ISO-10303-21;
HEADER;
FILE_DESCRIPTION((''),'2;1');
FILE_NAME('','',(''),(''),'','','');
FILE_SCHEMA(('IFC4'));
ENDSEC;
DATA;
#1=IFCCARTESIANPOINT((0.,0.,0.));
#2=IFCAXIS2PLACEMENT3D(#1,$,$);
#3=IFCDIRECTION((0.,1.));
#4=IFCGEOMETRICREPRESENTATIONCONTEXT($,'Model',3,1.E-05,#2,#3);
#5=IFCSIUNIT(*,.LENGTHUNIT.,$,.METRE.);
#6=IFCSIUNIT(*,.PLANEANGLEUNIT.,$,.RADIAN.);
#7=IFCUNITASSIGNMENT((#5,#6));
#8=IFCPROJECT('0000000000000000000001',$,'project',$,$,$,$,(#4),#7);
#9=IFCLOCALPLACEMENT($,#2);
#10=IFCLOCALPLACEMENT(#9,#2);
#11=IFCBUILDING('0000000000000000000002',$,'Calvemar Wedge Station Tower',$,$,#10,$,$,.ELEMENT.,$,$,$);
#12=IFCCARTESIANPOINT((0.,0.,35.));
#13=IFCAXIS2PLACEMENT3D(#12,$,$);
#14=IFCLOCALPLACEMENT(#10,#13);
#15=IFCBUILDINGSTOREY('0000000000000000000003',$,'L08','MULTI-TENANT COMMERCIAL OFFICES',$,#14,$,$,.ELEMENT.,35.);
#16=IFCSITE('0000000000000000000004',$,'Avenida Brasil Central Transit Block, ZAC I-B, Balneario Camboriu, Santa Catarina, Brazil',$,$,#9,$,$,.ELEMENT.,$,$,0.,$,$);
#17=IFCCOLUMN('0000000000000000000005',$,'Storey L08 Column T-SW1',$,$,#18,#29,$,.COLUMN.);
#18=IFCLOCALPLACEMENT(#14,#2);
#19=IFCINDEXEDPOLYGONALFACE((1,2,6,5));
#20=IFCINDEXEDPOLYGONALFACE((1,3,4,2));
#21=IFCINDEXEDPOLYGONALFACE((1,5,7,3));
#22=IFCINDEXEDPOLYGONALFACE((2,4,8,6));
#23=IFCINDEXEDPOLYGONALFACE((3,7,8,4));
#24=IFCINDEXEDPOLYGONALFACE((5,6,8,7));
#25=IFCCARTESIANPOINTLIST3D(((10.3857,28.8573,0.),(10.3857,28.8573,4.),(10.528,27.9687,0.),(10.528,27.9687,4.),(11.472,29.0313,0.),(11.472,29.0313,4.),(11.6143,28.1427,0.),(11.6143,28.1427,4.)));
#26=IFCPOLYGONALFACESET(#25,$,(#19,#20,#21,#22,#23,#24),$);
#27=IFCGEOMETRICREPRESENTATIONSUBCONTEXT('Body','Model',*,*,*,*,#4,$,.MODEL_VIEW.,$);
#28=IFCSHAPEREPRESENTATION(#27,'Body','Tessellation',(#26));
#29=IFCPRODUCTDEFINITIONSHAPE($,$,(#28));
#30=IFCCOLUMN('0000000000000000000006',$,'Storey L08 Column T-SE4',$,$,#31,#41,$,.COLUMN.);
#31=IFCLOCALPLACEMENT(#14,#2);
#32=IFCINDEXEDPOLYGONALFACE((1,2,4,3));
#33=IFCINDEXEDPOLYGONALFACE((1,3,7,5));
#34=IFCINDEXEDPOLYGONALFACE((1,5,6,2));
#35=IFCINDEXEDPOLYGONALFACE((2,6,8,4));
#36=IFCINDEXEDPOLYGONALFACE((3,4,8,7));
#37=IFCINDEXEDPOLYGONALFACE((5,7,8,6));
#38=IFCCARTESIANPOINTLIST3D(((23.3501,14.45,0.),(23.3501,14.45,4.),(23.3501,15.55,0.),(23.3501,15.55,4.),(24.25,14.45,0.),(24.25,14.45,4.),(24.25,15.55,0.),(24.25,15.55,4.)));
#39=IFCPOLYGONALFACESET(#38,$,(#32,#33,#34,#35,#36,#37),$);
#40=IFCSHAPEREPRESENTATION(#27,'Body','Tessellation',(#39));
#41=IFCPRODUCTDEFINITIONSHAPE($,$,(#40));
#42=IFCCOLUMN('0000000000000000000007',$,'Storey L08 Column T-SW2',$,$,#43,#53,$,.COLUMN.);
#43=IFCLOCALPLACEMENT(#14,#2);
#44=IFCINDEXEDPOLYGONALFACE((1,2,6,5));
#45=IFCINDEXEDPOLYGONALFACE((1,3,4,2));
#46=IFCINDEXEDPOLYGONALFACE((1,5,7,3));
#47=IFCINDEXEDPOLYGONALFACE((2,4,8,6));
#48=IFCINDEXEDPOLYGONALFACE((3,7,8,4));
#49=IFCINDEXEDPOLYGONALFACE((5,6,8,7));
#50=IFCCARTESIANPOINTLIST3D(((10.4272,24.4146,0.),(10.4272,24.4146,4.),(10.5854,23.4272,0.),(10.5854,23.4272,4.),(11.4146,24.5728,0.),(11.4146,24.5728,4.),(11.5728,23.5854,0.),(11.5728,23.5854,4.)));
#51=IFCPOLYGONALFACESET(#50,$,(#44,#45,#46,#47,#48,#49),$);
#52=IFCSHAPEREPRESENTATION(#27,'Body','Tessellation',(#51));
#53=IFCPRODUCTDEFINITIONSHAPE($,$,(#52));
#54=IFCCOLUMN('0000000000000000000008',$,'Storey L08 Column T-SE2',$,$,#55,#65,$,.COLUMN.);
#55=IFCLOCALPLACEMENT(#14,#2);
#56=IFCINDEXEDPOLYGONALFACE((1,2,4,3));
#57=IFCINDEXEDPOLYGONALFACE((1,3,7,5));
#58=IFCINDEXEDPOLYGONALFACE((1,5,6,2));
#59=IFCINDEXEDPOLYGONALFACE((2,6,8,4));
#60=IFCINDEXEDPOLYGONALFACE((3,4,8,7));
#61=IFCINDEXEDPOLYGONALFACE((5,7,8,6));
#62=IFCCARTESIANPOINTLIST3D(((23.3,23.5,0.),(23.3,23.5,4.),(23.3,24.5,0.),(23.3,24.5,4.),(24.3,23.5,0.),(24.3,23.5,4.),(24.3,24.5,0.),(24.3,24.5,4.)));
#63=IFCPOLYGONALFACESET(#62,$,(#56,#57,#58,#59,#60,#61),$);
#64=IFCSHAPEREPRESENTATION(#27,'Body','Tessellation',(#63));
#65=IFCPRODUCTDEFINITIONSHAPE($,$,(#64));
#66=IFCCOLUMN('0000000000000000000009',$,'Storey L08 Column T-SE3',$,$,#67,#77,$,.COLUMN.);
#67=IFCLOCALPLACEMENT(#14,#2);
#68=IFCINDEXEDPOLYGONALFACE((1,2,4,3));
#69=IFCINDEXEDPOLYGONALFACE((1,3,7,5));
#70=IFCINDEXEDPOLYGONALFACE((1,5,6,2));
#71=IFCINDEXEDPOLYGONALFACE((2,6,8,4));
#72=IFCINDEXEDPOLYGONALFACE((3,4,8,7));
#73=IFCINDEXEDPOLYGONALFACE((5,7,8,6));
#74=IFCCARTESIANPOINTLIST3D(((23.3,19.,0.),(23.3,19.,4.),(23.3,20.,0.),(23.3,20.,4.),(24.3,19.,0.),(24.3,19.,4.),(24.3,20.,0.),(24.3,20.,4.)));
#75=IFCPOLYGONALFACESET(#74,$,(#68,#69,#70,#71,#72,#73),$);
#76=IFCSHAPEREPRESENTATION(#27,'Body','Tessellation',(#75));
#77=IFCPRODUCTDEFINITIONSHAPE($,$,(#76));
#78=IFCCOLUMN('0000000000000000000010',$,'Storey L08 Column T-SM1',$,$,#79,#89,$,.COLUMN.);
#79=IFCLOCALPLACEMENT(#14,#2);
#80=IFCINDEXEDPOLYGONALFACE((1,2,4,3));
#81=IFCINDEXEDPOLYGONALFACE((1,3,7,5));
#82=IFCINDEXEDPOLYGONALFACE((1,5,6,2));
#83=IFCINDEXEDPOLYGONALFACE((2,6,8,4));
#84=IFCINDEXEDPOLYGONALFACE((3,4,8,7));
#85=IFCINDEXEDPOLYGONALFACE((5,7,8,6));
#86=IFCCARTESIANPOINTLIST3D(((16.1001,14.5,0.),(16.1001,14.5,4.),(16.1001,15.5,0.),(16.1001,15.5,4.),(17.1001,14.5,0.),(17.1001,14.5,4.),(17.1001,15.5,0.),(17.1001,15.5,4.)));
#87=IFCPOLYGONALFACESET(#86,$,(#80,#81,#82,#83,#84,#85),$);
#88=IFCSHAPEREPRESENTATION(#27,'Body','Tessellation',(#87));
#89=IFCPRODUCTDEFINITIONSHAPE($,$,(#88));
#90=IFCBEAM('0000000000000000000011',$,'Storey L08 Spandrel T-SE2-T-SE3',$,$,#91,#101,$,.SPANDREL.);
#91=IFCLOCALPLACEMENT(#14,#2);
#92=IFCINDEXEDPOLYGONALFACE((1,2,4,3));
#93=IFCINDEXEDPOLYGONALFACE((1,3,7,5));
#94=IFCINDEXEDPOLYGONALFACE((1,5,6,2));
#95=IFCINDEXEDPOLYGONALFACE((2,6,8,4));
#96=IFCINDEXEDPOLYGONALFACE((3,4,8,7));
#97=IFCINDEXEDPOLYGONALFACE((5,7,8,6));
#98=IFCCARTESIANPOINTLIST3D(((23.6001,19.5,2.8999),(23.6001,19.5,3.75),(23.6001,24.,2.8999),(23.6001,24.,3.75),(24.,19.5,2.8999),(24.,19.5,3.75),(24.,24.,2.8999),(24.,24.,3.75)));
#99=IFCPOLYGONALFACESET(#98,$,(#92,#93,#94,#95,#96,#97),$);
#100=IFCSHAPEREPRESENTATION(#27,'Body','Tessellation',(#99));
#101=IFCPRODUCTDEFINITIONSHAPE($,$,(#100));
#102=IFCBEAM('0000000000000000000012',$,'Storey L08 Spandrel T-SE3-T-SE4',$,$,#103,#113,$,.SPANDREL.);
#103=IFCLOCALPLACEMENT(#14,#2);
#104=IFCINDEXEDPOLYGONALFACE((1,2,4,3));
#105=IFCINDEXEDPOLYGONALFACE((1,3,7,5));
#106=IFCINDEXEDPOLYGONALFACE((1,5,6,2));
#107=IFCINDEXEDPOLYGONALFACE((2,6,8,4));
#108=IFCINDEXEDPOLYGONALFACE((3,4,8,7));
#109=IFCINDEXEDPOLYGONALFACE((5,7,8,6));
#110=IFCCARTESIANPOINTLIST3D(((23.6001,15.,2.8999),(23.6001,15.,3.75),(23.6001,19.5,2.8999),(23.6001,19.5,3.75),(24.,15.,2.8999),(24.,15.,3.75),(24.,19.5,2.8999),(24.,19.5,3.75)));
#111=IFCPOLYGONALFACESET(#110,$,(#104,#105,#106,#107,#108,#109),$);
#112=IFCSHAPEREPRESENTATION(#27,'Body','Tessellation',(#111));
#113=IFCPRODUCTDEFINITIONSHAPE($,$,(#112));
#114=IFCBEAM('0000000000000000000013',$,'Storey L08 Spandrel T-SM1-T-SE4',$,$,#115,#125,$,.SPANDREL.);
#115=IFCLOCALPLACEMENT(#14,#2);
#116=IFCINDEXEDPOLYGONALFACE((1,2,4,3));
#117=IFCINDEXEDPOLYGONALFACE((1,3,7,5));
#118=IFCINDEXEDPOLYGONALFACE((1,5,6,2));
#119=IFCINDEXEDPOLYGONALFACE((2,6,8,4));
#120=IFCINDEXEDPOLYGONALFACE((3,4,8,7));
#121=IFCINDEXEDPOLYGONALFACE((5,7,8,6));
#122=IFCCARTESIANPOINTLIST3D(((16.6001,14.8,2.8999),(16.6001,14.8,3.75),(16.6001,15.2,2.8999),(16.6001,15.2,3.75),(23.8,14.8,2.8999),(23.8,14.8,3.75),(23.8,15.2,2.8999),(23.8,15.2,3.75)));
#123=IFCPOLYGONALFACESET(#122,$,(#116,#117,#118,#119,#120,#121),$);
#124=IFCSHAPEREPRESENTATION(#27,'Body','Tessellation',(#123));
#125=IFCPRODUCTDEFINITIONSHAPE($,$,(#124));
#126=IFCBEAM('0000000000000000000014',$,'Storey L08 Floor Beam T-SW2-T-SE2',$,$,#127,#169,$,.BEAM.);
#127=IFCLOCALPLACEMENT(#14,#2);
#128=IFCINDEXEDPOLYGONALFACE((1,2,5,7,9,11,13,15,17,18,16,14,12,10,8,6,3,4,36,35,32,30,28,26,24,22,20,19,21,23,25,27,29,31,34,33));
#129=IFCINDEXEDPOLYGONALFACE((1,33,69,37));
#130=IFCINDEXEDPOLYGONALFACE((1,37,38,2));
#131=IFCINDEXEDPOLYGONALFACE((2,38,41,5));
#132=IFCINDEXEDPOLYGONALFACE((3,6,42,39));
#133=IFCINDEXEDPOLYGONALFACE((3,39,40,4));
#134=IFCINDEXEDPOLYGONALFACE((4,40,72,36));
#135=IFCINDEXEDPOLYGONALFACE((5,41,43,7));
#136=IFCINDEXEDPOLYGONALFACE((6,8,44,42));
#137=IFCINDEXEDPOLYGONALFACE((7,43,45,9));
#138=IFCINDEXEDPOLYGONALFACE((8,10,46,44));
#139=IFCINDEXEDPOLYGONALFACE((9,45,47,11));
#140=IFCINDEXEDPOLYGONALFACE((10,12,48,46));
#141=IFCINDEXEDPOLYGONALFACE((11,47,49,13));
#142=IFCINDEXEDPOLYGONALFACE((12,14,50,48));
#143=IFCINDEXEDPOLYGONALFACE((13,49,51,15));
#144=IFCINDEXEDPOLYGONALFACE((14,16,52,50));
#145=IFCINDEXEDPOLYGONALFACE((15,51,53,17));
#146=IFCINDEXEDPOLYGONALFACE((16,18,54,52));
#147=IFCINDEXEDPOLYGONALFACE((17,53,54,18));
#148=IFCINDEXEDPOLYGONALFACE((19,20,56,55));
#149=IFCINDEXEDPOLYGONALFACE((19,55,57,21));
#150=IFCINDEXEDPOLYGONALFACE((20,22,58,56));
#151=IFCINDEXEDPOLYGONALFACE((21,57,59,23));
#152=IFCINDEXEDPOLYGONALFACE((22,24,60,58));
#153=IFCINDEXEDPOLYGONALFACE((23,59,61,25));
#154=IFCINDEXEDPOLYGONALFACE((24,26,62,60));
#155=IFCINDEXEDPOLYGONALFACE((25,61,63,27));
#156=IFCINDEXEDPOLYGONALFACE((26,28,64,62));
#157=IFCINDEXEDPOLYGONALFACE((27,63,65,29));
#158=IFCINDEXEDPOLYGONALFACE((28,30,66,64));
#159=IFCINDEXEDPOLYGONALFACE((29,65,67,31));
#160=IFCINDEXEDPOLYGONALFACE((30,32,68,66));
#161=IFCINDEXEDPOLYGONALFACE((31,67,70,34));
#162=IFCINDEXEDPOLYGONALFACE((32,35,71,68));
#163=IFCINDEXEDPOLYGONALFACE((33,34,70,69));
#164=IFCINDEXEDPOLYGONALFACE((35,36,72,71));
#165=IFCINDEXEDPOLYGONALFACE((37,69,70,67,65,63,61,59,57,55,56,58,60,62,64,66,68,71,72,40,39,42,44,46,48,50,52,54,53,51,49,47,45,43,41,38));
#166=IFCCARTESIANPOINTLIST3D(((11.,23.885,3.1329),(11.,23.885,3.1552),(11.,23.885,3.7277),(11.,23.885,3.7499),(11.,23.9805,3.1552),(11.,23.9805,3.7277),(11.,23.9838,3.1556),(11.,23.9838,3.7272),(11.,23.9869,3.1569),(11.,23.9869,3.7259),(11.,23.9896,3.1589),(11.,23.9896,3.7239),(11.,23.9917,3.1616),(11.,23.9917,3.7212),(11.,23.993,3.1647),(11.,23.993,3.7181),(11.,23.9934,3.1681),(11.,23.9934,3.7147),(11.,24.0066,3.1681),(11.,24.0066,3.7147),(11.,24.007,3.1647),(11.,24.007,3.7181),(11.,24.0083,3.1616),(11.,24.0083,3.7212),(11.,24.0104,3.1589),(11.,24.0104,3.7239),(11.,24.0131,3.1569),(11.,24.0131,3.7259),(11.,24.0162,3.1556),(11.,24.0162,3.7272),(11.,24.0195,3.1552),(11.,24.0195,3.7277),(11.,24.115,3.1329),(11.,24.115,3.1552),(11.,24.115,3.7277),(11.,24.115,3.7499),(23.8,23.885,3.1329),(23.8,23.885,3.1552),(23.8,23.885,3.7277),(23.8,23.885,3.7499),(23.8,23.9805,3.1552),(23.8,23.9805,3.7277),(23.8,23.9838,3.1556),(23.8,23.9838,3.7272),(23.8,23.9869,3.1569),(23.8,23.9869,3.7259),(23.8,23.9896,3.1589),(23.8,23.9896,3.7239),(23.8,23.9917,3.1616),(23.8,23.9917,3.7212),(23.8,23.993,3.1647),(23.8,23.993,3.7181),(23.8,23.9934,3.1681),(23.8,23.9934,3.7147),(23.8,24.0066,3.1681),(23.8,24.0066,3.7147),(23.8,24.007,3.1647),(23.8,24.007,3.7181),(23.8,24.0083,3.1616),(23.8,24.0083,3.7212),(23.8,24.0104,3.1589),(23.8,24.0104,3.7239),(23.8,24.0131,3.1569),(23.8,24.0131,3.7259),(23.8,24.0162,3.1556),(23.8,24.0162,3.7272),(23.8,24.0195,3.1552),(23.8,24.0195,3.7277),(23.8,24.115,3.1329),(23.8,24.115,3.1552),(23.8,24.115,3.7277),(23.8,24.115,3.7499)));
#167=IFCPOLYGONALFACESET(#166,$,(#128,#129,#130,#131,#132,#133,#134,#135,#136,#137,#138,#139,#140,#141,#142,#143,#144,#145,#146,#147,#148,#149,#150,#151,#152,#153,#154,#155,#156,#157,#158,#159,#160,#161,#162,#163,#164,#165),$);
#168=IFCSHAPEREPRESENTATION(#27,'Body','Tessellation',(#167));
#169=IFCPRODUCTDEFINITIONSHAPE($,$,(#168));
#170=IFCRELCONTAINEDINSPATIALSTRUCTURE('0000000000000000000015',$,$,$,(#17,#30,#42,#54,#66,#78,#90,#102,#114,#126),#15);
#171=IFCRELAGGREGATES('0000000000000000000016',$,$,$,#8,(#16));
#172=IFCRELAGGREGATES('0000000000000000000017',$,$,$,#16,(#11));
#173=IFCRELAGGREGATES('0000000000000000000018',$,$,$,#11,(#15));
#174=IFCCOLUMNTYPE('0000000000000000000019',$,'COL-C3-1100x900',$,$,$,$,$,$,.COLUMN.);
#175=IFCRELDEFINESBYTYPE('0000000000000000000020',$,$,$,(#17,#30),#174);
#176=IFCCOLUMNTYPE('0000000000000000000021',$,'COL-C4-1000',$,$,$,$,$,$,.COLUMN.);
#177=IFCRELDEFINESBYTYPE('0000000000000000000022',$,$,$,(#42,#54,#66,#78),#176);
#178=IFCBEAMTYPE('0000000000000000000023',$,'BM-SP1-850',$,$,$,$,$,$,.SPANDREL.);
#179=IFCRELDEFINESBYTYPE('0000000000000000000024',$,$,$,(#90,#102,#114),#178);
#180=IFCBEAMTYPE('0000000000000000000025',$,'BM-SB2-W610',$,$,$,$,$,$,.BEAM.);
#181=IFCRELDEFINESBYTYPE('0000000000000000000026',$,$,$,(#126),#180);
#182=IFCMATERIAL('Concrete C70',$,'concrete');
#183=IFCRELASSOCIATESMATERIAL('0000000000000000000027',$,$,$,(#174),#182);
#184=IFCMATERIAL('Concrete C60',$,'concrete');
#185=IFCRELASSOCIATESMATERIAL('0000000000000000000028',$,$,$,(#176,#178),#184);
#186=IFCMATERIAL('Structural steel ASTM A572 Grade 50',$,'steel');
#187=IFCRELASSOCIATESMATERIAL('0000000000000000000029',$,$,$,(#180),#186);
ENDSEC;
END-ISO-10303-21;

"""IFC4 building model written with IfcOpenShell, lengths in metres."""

from ifc_helpers import new_model, si_unit, direction, frame, origin, origin_2d, place, context, subcontext, project, spatial, rectangle, i_section, extrude, source, transform, mapped, material, material_profile, profile_set, type_object, element, save


model = new_model("IFC4")

# Units and contexts
model_context = context("Model", 3, precision=1e-05, world=origin(), true_north=direction((0.0, 1.0)))
body_context = subcontext(model_context, "Body", "Model", "MODEL_VIEW")
ifc_project = project(units=[si_unit("LENGTHUNIT", "METRE"), si_unit("PLANEANGLEUNIT", "RADIAN")], contexts=[model_context])

# Site, building, storey
site_placement = place(None, origin())
site = spatial("IfcSite", under=ifc_project, at=site_placement, Name="Avenida Brasil Central Transit Block, ZAC I-B, Balneario Camboriu, Santa Catarina, Brazil", CompositionType="ELEMENT", RefElevation=0.0)
building_placement = place(site_placement, origin())
building = spatial("IfcBuilding", under=site, at=building_placement, Name="Calvemar Wedge Station Tower", CompositionType="ELEMENT")
storey_placement = place(building_placement, frame((0.0, 0.0, 35.0)))
storey = spatial("IfcBuildingStorey", under=building, at=storey_placement, Name="L08", Description="MULTI-TENANT COMMERCIAL OFFICES", CompositionType="ELEMENT", Elevation=35.0)

# Columns
ifc_material_1 = material(Name="Concrete C70", Category="concrete")
ifc_material_profile_1 = material_profile(ifc_material_1, rectangle(XDim=0.8999, YDim=1.1001, at=origin_2d()), Name="RC1100x900")
ifc_profile_set_1 = profile_set([ifc_material_profile_1], Name="Concrete C70")
column_type_1 = type_object("IfcColumnType", Name="COL-C3-1100x900", PredefinedType="COLUMN", material=ifc_profile_set_1)
shared_shape_1 = source(origin(), body_context, "Body", "SweptSolid", [
    extrude(rectangle(XDim=0.8999, YDim=1.1001, at=origin_2d()), origin(), (0.0, 0.0, 1.0), 4.0),
])
for number, where, z_axis, x_axis, name in (
    (1, (11.0, 28.5, 0.0), (0.0, 0.0, 1.0), (0.158158, -0.987414, 0.0), "Storey L08 Column T-SW1"),
    (2, (23.8, 15.0, 0.0), (0.0, 0.0, 1.0), (1.0, 0.0, 0.0), "Storey L08 Column T-SE4"),
):
    element("IfcColumn", number, at=place(storey_placement, frame(where, z_axis=z_axis, x_axis=x_axis)), inside=storey, type_object=column_type_1, Name=name, PredefinedType="COLUMN", context=body_context, shape_type="MappedRepresentation", body=[
        mapped(shared_shape_1, transform((0.0, 0.0, 0.0), scale=1.0)),
    ])
ifc_material_2 = material(Name="Concrete C60", Category="concrete")
ifc_material_profile_2 = material_profile(ifc_material_2, rectangle(XDim=1.0, YDim=1.0, at=origin_2d()), Name="RC1000x1000")
ifc_profile_set_2 = profile_set([ifc_material_profile_2], Name="Concrete C60")
column_type_2 = type_object("IfcColumnType", Name="COL-C4-1000", PredefinedType="COLUMN", material=ifc_profile_set_2)
shared_shape_2 = source(origin(), body_context, "Body", "SweptSolid", [
    extrude(rectangle(XDim=1.0, YDim=1.0, at=origin_2d()), origin(), (0.0, 0.0, 1.0), 4.0),
])
for number, where, z_axis, x_axis, name in (
    (3, (11.0, 24.0, 0.0), (0.0, 0.0, 1.0), (0.158158, -0.987414, 0.0), "Storey L08 Column T-SW2"),
    (4, (23.8, 24.0, 0.0), (0.0, 0.0, 1.0), (1.0, 0.0, 0.0), "Storey L08 Column T-SE2"),
    (5, (23.8, 19.5, 0.0), (0.0, 0.0, 1.0), (1.0, 0.0, 0.0), "Storey L08 Column T-SE3"),
    (6, (16.6001, 15.0, 0.0), (0.0, 0.0, 1.0), (1.0, 0.0, 0.0), "Storey L08 Column T-SM1"),
):
    element("IfcColumn", number, at=place(storey_placement, frame(where, z_axis=z_axis, x_axis=x_axis)), inside=storey, type_object=column_type_2, Name=name, PredefinedType="COLUMN", context=body_context, shape_type="MappedRepresentation", body=[
        mapped(shared_shape_2, transform((0.0, 0.0, 0.0), scale=1.0)),
    ])

# Beams
ifc_material_profile_3 = material_profile(ifc_material_2, rectangle(XDim=0.3999, YDim=0.8501, at=origin_2d()), Name="RC400x850")
ifc_profile_set_3 = profile_set([ifc_material_profile_3], Name="Concrete C60")
beam_type_1 = type_object("IfcBeamType", Name="BM-SP1-850", PredefinedType="SPANDREL", material=ifc_profile_set_3)
shared_shape_3 = source(origin(), body_context, "Body", "SweptSolid", [
    extrude(rectangle(XDim=0.3999, YDim=0.8501, at=origin_2d()), origin(), (0.0, 0.0, 1.0), 4.5),
])
for number, where, z_axis, x_axis, name in (
    (7, (23.8, 24.0, 3.325), (0.0, -1.0, 0.0), (1.0, 0.0, 0.0), "Storey L08 Spandrel T-SE2-T-SE3"),
    (8, (23.8, 19.5, 3.325), (0.0, -1.0, 0.0), (1.0, 0.0, 0.0), "Storey L08 Spandrel T-SE3-T-SE4"),
):
    element("IfcBeam", number, at=place(storey_placement, frame(where, z_axis=z_axis, x_axis=x_axis)), inside=storey, type_object=beam_type_1, Name=name, PredefinedType="SPANDREL", context=body_context, shape_type="MappedRepresentation", body=[
        mapped(shared_shape_3, transform((0.0, 0.0, 0.0), scale=1.0)),
    ])
shared_shape_4 = source(origin(), body_context, "Body", "SweptSolid", [
    extrude(rectangle(XDim=0.3999, YDim=0.8501, at=origin_2d()), origin(), (0.0, 0.0, 1.0), 7.2),
])
beam_1_placement = place(storey_placement, frame((16.6001, 15.0, 3.325), z_axis=(1.0, 0.0, 0.0), x_axis=(0.0, 1.0, 0.0)))
element("IfcBeam", 9, at=beam_1_placement, inside=storey, type_object=beam_type_1, Name="Storey L08 Spandrel T-SM1-T-SE4", PredefinedType="SPANDREL", context=body_context, shape_type="MappedRepresentation", body=[
    mapped(shared_shape_4, transform((0.0, 0.0, 0.0), scale=1.0)),
])
ifc_material_3 = material(Name="Structural steel ASTM A572 Grade 50", Category="steel")
ifc_material_profile_4 = material_profile(ifc_material_3, i_section(OverallWidth=0.23, OverallDepth=0.6169, WebThickness=0.0132, FlangeThickness=0.0222, FilletRadius=0.0129, at=origin_2d()), Name="W610x140")
ifc_profile_set_4 = profile_set([ifc_material_profile_4], Name="Structural steel ASTM A572 Grade 50")
beam_type_2 = type_object("IfcBeamType", Name="BM-SB2-W610", PredefinedType="BEAM", material=ifc_profile_set_4)
shared_shape_5 = source(origin(), body_context, "Body", "SweptSolid", [
    extrude(i_section(OverallWidth=0.23, OverallDepth=0.6169, WebThickness=0.0132, FlangeThickness=0.0222, FilletRadius=0.0129, at=origin_2d()), origin(), (0.0, 0.0, 1.0), 12.8),
])
beam_2_placement = place(storey_placement, frame((11.0, 24.0, 3.4414), z_axis=(1.0, 0.0, 0.0), x_axis=(0.0, 1.0, 0.0)))
element("IfcBeam", 10, at=beam_2_placement, inside=storey, type_object=beam_type_2, Name="Storey L08 Floor Beam T-SW2-T-SE2", PredefinedType="BEAM", context=body_context, shape_type="MappedRepresentation", body=[
    mapped(shared_shape_5, transform((0.0, 0.0, 0.0), scale=1.0)),
])

save(model, "model.ifc")
